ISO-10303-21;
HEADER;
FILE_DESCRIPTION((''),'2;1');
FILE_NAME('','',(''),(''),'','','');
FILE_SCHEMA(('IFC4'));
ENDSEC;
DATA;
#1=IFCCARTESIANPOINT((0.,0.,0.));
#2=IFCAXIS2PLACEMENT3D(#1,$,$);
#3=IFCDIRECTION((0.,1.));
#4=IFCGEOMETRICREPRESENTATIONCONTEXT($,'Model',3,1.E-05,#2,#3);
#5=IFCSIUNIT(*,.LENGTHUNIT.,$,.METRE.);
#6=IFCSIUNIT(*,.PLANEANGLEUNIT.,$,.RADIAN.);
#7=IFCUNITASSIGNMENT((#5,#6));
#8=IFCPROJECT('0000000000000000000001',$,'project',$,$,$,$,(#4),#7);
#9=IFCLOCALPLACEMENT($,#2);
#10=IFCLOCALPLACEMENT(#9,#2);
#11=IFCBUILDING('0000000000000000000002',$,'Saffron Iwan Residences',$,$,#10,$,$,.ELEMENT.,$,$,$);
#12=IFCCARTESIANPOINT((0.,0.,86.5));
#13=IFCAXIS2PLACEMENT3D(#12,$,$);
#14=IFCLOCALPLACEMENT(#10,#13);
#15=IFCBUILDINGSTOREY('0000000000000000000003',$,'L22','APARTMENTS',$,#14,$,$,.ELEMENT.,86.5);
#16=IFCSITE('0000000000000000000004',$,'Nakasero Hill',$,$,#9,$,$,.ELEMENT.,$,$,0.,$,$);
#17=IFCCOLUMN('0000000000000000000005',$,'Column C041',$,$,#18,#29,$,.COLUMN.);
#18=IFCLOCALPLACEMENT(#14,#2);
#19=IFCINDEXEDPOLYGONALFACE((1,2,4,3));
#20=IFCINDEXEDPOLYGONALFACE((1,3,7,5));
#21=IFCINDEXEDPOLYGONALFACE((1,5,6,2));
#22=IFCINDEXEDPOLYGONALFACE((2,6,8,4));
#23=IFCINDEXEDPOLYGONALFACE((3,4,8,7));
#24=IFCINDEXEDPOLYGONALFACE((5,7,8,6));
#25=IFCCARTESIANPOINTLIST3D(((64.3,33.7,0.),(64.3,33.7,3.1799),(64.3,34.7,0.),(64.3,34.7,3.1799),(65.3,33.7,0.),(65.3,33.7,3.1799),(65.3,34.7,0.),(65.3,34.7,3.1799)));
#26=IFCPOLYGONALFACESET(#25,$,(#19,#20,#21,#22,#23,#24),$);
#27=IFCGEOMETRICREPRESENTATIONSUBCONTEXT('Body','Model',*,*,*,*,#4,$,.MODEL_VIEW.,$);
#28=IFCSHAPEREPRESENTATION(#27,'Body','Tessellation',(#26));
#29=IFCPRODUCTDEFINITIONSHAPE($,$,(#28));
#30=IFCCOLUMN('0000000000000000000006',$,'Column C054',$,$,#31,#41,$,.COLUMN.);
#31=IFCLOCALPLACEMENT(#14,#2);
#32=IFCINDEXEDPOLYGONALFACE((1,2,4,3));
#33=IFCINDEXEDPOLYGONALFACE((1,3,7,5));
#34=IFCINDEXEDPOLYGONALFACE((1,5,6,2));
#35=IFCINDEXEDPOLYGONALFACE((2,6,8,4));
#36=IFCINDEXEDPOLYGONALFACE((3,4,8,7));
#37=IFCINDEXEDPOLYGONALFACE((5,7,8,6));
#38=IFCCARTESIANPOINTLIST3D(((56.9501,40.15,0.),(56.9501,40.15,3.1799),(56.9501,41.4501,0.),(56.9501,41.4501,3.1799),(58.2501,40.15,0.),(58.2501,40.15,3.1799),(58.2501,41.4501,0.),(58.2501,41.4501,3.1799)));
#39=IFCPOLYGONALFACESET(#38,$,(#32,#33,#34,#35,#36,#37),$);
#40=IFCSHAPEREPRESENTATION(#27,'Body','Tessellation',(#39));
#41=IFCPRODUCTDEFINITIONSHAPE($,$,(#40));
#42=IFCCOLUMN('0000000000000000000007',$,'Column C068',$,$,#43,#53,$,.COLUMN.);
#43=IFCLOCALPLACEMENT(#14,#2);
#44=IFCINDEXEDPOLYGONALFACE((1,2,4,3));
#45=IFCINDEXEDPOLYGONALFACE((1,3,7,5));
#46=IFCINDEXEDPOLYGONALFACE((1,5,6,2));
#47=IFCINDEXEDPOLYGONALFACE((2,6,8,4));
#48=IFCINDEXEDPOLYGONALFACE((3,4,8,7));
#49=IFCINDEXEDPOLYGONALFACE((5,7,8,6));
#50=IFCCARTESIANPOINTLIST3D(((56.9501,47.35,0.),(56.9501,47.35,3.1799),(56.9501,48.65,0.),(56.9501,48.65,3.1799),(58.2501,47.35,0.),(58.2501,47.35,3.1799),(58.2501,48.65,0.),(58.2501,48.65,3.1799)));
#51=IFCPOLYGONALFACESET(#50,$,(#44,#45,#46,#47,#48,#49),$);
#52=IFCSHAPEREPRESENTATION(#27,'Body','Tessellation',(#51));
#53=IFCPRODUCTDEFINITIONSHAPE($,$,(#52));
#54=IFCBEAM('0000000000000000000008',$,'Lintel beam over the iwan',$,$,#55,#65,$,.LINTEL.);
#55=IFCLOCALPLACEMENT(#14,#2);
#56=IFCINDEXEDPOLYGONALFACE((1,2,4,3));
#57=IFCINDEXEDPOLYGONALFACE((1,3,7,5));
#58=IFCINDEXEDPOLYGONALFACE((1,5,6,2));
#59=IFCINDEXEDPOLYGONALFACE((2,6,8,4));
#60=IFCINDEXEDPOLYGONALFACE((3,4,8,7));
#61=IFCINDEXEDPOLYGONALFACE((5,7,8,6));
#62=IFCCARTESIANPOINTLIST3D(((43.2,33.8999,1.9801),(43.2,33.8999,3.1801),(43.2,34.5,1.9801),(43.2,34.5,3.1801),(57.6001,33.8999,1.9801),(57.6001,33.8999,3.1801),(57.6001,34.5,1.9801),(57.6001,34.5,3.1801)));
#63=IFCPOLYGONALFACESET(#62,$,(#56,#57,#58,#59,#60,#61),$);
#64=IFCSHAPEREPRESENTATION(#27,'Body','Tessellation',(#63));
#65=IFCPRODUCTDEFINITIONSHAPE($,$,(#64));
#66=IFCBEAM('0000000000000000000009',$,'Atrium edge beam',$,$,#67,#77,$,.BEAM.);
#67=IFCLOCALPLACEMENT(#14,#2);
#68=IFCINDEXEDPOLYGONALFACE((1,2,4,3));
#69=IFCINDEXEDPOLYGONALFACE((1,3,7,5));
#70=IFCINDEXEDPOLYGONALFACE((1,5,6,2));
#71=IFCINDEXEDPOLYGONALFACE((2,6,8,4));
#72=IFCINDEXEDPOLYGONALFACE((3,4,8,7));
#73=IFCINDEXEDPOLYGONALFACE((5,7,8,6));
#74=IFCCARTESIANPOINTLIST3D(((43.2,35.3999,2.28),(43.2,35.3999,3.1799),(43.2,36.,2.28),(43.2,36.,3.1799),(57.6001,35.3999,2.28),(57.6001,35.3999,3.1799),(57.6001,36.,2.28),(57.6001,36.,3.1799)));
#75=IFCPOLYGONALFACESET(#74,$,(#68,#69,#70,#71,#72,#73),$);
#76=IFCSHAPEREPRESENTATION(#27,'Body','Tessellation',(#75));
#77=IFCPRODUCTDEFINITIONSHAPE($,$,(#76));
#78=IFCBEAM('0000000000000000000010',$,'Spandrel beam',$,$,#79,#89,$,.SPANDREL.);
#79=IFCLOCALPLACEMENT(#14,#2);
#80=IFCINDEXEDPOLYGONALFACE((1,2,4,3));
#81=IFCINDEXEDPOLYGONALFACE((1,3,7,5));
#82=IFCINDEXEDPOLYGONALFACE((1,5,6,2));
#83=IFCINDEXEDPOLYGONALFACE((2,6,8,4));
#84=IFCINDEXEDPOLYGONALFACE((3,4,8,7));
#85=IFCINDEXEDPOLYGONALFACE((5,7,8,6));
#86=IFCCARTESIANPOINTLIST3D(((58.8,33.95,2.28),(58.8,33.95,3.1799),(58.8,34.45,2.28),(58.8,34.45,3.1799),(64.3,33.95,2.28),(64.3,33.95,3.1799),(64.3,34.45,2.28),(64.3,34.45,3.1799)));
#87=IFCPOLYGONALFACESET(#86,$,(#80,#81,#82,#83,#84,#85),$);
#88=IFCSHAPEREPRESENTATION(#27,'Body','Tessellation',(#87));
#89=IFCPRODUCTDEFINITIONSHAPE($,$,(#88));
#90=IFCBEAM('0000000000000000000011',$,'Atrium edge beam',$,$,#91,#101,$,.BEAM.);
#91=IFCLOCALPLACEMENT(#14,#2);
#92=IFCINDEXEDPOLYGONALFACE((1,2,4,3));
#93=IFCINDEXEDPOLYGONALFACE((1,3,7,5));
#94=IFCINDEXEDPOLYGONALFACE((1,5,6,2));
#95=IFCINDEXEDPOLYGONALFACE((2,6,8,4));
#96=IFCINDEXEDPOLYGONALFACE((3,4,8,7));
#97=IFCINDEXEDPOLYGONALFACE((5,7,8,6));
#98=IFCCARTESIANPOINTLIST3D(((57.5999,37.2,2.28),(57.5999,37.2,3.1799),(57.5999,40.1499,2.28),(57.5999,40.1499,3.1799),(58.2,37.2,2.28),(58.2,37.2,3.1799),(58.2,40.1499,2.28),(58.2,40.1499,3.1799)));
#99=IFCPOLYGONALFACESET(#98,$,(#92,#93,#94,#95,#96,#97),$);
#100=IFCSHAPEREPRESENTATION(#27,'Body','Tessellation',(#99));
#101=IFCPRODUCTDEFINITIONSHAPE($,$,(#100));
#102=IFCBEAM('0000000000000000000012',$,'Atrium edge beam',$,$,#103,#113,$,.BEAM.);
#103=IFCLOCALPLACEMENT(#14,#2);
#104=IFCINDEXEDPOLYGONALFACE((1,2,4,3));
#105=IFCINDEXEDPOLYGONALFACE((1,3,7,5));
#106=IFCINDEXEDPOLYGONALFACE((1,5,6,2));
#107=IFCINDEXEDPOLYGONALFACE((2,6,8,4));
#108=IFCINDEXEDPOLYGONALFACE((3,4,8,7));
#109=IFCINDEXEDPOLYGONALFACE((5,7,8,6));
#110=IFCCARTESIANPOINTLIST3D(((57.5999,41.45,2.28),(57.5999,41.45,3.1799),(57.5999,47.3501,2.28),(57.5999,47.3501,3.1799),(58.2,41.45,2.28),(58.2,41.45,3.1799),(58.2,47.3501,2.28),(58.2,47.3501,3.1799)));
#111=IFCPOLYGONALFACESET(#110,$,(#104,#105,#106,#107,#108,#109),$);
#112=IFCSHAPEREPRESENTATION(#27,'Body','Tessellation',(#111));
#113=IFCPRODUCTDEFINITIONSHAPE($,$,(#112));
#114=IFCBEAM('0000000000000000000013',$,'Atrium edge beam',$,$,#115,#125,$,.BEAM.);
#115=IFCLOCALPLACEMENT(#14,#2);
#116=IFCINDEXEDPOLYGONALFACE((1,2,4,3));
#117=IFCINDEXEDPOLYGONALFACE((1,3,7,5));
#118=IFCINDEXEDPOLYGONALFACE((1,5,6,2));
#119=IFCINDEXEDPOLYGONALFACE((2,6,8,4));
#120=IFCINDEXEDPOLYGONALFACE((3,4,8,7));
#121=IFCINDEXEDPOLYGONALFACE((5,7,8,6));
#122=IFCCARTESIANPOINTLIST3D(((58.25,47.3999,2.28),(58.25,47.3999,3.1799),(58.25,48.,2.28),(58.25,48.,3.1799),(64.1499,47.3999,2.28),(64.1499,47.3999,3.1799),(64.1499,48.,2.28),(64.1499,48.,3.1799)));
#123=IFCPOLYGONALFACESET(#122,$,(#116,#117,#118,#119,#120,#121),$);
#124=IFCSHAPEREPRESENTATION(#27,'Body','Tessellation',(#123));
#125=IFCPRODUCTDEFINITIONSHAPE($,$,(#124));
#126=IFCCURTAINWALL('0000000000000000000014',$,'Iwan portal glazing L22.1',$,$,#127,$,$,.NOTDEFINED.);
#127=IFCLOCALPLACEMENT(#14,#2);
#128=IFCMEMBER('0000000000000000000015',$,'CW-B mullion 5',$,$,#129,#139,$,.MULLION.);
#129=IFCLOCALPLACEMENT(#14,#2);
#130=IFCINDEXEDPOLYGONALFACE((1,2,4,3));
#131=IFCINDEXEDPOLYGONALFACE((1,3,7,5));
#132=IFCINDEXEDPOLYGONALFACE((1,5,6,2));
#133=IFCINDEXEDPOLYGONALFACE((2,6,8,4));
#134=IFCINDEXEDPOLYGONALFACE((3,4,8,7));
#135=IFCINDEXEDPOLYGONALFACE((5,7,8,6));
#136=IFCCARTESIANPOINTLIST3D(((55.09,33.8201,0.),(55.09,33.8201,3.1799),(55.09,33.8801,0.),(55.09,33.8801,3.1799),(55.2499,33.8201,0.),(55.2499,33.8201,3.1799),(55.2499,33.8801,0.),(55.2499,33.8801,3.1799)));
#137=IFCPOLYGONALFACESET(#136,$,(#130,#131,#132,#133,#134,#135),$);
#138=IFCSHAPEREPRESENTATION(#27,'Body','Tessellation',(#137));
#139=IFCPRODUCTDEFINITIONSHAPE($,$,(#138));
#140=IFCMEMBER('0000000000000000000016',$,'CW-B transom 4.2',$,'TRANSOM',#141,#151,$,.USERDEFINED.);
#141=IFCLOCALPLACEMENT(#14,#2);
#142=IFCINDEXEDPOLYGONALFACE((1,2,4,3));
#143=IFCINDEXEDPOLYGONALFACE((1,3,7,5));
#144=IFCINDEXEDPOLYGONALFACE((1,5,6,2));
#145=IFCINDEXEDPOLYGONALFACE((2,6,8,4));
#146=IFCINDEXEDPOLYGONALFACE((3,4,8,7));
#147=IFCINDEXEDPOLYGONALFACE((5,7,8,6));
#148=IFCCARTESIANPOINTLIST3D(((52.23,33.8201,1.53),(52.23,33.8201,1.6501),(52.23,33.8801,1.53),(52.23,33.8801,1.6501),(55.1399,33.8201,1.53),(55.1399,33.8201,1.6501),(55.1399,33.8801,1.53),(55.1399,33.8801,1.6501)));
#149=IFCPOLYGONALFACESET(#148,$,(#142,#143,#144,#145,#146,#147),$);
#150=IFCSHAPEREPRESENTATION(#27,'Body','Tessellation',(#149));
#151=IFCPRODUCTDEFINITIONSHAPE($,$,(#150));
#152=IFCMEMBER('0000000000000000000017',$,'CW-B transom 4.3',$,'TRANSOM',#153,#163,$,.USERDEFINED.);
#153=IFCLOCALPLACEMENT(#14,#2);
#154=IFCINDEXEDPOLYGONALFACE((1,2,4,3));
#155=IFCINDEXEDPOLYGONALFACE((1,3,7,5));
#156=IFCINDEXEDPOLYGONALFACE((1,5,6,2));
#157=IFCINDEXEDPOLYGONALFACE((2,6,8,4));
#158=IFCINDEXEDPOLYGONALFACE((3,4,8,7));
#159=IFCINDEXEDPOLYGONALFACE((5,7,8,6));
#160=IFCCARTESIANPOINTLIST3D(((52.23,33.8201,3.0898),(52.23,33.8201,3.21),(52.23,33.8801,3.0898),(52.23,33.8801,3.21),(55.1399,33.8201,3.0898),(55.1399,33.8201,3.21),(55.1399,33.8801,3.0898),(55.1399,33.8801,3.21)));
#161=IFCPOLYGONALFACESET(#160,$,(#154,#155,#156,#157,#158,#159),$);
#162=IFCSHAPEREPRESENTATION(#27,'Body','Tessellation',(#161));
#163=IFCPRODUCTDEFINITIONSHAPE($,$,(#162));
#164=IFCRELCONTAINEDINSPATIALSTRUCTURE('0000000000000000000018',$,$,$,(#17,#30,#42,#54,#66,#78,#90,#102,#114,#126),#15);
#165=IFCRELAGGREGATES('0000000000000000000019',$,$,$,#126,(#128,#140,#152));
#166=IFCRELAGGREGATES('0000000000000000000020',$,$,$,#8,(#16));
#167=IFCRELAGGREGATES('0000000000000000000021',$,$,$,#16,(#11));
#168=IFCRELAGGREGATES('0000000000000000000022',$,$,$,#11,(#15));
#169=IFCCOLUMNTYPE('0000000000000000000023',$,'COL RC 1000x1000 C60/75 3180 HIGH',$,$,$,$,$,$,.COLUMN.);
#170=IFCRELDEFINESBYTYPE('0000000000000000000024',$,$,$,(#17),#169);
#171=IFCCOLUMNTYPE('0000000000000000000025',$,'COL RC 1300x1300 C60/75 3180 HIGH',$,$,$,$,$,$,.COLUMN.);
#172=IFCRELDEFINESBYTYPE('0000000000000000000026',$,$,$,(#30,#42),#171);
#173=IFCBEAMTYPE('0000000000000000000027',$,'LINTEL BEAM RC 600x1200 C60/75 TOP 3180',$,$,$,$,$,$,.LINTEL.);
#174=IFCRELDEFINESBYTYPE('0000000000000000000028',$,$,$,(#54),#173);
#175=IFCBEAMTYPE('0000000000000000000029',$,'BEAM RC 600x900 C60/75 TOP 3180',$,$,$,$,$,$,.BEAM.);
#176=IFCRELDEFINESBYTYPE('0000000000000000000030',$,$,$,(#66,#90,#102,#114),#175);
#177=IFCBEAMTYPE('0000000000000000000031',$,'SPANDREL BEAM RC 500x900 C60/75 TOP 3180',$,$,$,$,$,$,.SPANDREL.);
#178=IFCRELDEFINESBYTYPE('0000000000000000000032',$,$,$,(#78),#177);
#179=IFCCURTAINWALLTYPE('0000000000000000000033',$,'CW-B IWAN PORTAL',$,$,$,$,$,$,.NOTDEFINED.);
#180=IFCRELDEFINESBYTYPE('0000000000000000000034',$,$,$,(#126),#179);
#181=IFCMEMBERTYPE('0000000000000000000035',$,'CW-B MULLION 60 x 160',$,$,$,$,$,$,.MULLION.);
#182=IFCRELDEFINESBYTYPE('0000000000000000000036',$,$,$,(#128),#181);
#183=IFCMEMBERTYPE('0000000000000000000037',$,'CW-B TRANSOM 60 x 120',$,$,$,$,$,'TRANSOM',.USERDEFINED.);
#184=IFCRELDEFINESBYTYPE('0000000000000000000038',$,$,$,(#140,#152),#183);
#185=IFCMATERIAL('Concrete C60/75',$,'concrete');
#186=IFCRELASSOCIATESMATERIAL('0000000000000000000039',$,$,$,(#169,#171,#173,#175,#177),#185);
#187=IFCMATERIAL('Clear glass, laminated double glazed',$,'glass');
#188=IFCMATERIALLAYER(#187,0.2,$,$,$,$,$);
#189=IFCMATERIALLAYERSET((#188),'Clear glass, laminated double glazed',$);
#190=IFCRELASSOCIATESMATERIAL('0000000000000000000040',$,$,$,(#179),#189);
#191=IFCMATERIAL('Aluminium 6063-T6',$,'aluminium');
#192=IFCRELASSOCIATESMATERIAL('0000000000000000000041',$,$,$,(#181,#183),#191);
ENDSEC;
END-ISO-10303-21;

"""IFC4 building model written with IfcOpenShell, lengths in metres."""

from ifc_helpers import new_model, si_unit, direction, frame, origin, origin_2d, place, context, subcontext, project, spatial, rectangle, extrude, source, transform, mapped, material, layer, layer_set, material_profile, profile_set, type_object, element, aggregate, save


model = new_model("IFC4")

# Units and contexts
model_context = context("Model", 3, precision=1e-05, world=origin(), true_north=direction((0.0, 1.0)))
body_context = subcontext(model_context, "Body", "Model", "MODEL_VIEW")
ifc_project = project(units=[si_unit("LENGTHUNIT", "METRE"), si_unit("PLANEANGLEUNIT", "RADIAN")], contexts=[model_context])

# Site, building, storey
site_placement = place(None, origin())
site = spatial("IfcSite", under=ifc_project, at=site_placement, Name="Nakasero Hill", CompositionType="ELEMENT", RefElevation=0.0)
building_placement = place(site_placement, origin())
building = spatial("IfcBuilding", under=site, at=building_placement, Name="Saffron Iwan Residences", CompositionType="ELEMENT")
storey_placement = place(building_placement, frame((0.0, 0.0, 86.5)))
storey = spatial("IfcBuildingStorey", under=building, at=storey_placement, Name="L22", Description="APARTMENTS", CompositionType="ELEMENT", Elevation=86.5)

# Columns
ifc_material_1 = material(Name="Concrete C60/75", Category="concrete")
ifc_material_profile_1 = material_profile(ifc_material_1, rectangle(XDim=1.0, YDim=1.0, at=origin_2d()), Name="RC 1000x1000")
ifc_profile_set_1 = profile_set([ifc_material_profile_1], Name="Concrete C60/75")
column_type_1 = type_object("IfcColumnType", Name="COL RC 1000x1000 C60/75 3180 HIGH", PredefinedType="COLUMN", material=ifc_profile_set_1)
shared_shape_1 = source(origin(), body_context, "Body", "SweptSolid", [
    extrude(rectangle(XDim=1.0, YDim=1.0, at=origin_2d()), origin(), (0.0, 0.0, 1.0), 3.1799),
])
column_placement = place(storey_placement, frame((64.8, 34.2, 0.0), z_axis=(0.0, 0.0, 1.0), x_axis=(1.0, 0.0, 0.0)))
element("IfcColumn", 1, at=column_placement, inside=storey, type_object=column_type_1, Name="Column C041", PredefinedType="COLUMN", context=body_context, shape_type="MappedRepresentation", body=[
    mapped(shared_shape_1, transform((0.0, 0.0, 0.0))),
])
ifc_material_profile_2 = material_profile(ifc_material_1, rectangle(XDim=1.3, YDim=1.3, at=origin_2d()), Name="RC 1300x1300")
ifc_profile_set_2 = profile_set([ifc_material_profile_2], Name="Concrete C60/75")
column_type_2 = type_object("IfcColumnType", Name="COL RC 1300x1300 C60/75 3180 HIGH", PredefinedType="COLUMN", material=ifc_profile_set_2)
shared_shape_2 = source(origin(), body_context, "Body", "SweptSolid", [
    extrude(rectangle(XDim=1.3, YDim=1.3, at=origin_2d()), origin(), (0.0, 0.0, 1.0), 3.1799),
])
for number, where, z_axis, x_axis, name in (
    (2, (57.6001, 40.8, 0.0), (0.0, 0.0, 1.0), (1.0, 0.0, 0.0), "Column C054"),
    (3, (57.6001, 48.0, 0.0), (0.0, 0.0, 1.0), (1.0, 0.0, 0.0), "Column C068"),
):
    element("IfcColumn", number, at=place(storey_placement, frame(where, z_axis=z_axis, x_axis=x_axis)), inside=storey, type_object=column_type_2, Name=name, PredefinedType="COLUMN", context=body_context, shape_type="MappedRepresentation", body=[
        mapped(shared_shape_2, transform((0.0, 0.0, 0.0))),
    ])

# Beams
ifc_material_profile_3 = material_profile(ifc_material_1, rectangle(XDim=0.6001, YDim=1.2, at=origin_2d()), Name="RC 600x1200")
ifc_profile_set_3 = profile_set([ifc_material_profile_3], Name="Concrete C60/75")
beam_type_1 = type_object("IfcBeamType", Name="LINTEL BEAM RC 600x1200 C60/75 TOP 3180", PredefinedType="LINTEL", material=ifc_profile_set_3)
shared_shape_3 = source(origin(), body_context, "Body", "SweptSolid", [
    extrude(rectangle(XDim=0.6001, YDim=1.2, at=origin_2d()), origin(), (0.0, 0.0, 1.0), 14.4001),
])
beam_1_placement = place(storey_placement, frame((57.6001, 34.2, 2.5801), z_axis=(-1.0, 0.0, 0.0), x_axis=(0.0, -1.0, 0.0)))
element("IfcBeam", 4, at=beam_1_placement, inside=storey, type_object=beam_type_1, Name="Lintel beam over the iwan", PredefinedType="LINTEL", context=body_context, shape_type="MappedRepresentation", body=[
    mapped(shared_shape_3, transform((0.0, 0.0, 0.0))),
])
ifc_material_profile_4 = material_profile(ifc_material_1, rectangle(XDim=0.6001, YDim=0.8999, at=origin_2d()), Name="RC 600x900")
ifc_profile_set_4 = profile_set([ifc_material_profile_4], Name="Concrete C60/75")
beam_type_2 = type_object("IfcBeamType", Name="BEAM RC 600x900 C60/75 TOP 3180", PredefinedType="BEAM", material=ifc_profile_set_4)
shared_shape_4 = source(origin(), body_context, "Body", "SweptSolid", [
    extrude(rectangle(XDim=0.6001, YDim=0.8999, at=origin_2d()), origin(), (0.0, 0.0, 1.0), 14.4001),
])
beam_2_placement = place(storey_placement, frame((57.6001, 35.7, 2.73), z_axis=(-1.0, 0.0, 0.0), x_axis=(0.0, -1.0, 0.0)))
element("IfcBeam", 5, at=beam_2_placement, inside=storey, type_object=beam_type_2, Name="Atrium edge beam", PredefinedType="BEAM", context=body_context, shape_type="MappedRepresentation", body=[
    mapped(shared_shape_4, transform((0.0, 0.0, 0.0))),
])
ifc_material_profile_5 = material_profile(ifc_material_1, rectangle(XDim=0.5, YDim=0.8999, at=origin_2d()), Name="RC 500x900")
ifc_profile_set_5 = profile_set([ifc_material_profile_5], Name="Concrete C60/75")
beam_type_3 = type_object("IfcBeamType", Name="SPANDREL BEAM RC 500x900 C60/75 TOP 3180", PredefinedType="SPANDREL", material=ifc_profile_set_5)
shared_shape_5 = source(origin(), body_context, "Body", "SweptSolid", [
    extrude(rectangle(XDim=0.5, YDim=0.8999, at=origin_2d()), origin(), (0.0, 0.0, 1.0), 5.5),
])
beam_3_placement = place(storey_placement, frame((64.3, 34.2, 2.73), z_axis=(-1.0, 0.0, 0.0), x_axis=(0.0, -1.0, 0.0)))
element("IfcBeam", 6, at=beam_3_placement, inside=storey, type_object=beam_type_3, Name="Spandrel beam", PredefinedType="SPANDREL", context=body_context, shape_type="MappedRepresentation", body=[
    mapped(shared_shape_5, transform((0.0, 0.0, 0.0))),
])
shared_shape_6 = source(origin(), body_context, "Body", "SweptSolid", [
    extrude(rectangle(XDim=0.6001, YDim=0.8999, at=origin_2d()), origin(), (0.0, 0.0, 1.0), 2.95),
])
beam_4_placement = place(storey_placement, frame((57.8999, 40.1499, 2.73), z_axis=(0.0, -1.0, 0.0), x_axis=(1.0, 0.0, 0.0)))
element("IfcBeam", 7, at=beam_4_placement, inside=storey, type_object=beam_type_2, Name="Atrium edge beam", PredefinedType="BEAM", context=body_context, shape_type="MappedRepresentation", body=[
    mapped(shared_shape_6, transform((0.0, 0.0, 0.0))),
])
shared_shape_7 = source(origin(), body_context, "Body", "SweptSolid", [
    extrude(rectangle(XDim=0.6001, YDim=0.8999, at=origin_2d()), origin(), (0.0, 0.0, 1.0), 5.9001),
])
beam_5_placement = place(storey_placement, frame((57.8999, 47.3501, 2.73), z_axis=(0.0, -1.0, 0.0), x_axis=(1.0, 0.0, 0.0)))
element("IfcBeam", 8, at=beam_5_placement, inside=storey, type_object=beam_type_2, Name="Atrium edge beam", PredefinedType="BEAM", context=body_context, shape_type="MappedRepresentation", body=[
    mapped(shared_shape_7, transform((0.0, 0.0, 0.0))),
])
shared_shape_8 = source(origin(), body_context, "Body", "SweptSolid", [
    extrude(rectangle(XDim=0.6001, YDim=0.8999, at=origin_2d()), origin(), (0.0, 0.0, 1.0), 5.8999),
])
beam_6_placement = place(storey_placement, frame((64.1499, 47.7, 2.73), z_axis=(-1.0, 0.0, 0.0), x_axis=(0.0, -1.0, 0.0)))
element("IfcBeam", 9, at=beam_6_placement, inside=storey, type_object=beam_type_2, Name="Atrium edge beam", PredefinedType="BEAM", context=body_context, shape_type="MappedRepresentation", body=[
    mapped(shared_shape_8, transform((0.0, 0.0, 0.0))),
])

# Curtain wall, members
ifc_material_2 = material(Name="Clear glass, laminated double glazed", Category="glass")
ifc_layer_1 = layer(ifc_material_2, 0.2)
ifc_layer_set_1 = layer_set([ifc_layer_1], Name="Clear glass, laminated double glazed")
curtain_wall_type = type_object("IfcCurtainWallType", Name="CW-B IWAN PORTAL", PredefinedType="NOTDEFINED", material=ifc_layer_set_1)
curtain_wall_placement = place(storey_placement, origin())
curtain_wall = element("IfcCurtainWall", 10, at=curtain_wall_placement, inside=storey, type_object=curtain_wall_type, Name="Iwan portal glazing L22.1", PredefinedType="NOTDEFINED")
ifc_material_3 = material(Name="Aluminium 6063-T6", Category="aluminium")
ifc_material_profile_6 = material_profile(ifc_material_3, rectangle(XDim=0.0601, YDim=0.1599, at=origin_2d()), Name="CW-B MULLION 60 x 160")
ifc_profile_set_6 = profile_set([ifc_material_profile_6], Name="Aluminium 6063-T6")
member_type_1 = type_object("IfcMemberType", Name="CW-B MULLION 60 x 160", PredefinedType="MULLION", material=ifc_profile_set_6)
shared_shape_9 = source(origin(), body_context, "Body", "SweptSolid", [
    extrude(rectangle(XDim=0.0601, YDim=0.1599, at=origin_2d()), origin(), (0.0, 0.0, 1.0), 3.1799),
])
member_1_placement = place(storey_placement, frame((55.1699, 33.8501, 0.0), z_axis=(0.0, 0.0, 1.0), x_axis=(0.0, 1.0, 0.0)))
member_1 = element("IfcMember", 11, at=member_1_placement, type_object=member_type_1, Name="CW-B mullion 5", PredefinedType="MULLION", context=body_context, shape_type="MappedRepresentation", body=[
    mapped(shared_shape_9, transform((0.0, 0.0, 0.0))),
])
ifc_material_profile_7 = material_profile(ifc_material_3, rectangle(XDim=0.0601, YDim=0.1201, at=origin_2d()), Name="CW-B TRANSOM 60 x 120")
ifc_profile_set_7 = profile_set([ifc_material_profile_7], Name="Aluminium 6063-T6")
member_type_2 = type_object("IfcMemberType", Name="CW-B TRANSOM 60 x 120", ElementType="TRANSOM", PredefinedType="USERDEFINED", material=ifc_profile_set_7)
shared_shape_10 = source(origin(), body_context, "Body", "SweptSolid", [
    extrude(rectangle(XDim=0.0601, YDim=0.1201, at=origin_2d()), origin(), (0.0, 0.0, 1.0), 2.9099),
])
member_2_placement = place(storey_placement, frame((52.23, 33.8501, 1.5901), z_axis=(1.0, 0.0, 0.0), x_axis=(0.0, 1.0, 0.0)))
member_2 = element("IfcMember", 12, at=member_2_placement, type_object=member_type_2, Name="CW-B transom 4.2", ObjectType="TRANSOM", PredefinedType="USERDEFINED", context=body_context, shape_type="MappedRepresentation", body=[
    mapped(shared_shape_10, transform((0.0, 0.0, 0.0))),
])
member_3_placement = place(storey_placement, frame((52.23, 33.8501, 3.1499), z_axis=(1.0, 0.0, 0.0), x_axis=(0.0, 1.0, 0.0)))
member_3 = element("IfcMember", 13, at=member_3_placement, type_object=member_type_2, Name="CW-B transom 4.3", ObjectType="TRANSOM", PredefinedType="USERDEFINED", context=body_context, shape_type="MappedRepresentation", body=[
    mapped(shared_shape_10, transform((0.0, 0.0, 0.0))),
])
aggregate(curtain_wall, [member_1, member_2, member_3])

save(model, "model.ifc")
